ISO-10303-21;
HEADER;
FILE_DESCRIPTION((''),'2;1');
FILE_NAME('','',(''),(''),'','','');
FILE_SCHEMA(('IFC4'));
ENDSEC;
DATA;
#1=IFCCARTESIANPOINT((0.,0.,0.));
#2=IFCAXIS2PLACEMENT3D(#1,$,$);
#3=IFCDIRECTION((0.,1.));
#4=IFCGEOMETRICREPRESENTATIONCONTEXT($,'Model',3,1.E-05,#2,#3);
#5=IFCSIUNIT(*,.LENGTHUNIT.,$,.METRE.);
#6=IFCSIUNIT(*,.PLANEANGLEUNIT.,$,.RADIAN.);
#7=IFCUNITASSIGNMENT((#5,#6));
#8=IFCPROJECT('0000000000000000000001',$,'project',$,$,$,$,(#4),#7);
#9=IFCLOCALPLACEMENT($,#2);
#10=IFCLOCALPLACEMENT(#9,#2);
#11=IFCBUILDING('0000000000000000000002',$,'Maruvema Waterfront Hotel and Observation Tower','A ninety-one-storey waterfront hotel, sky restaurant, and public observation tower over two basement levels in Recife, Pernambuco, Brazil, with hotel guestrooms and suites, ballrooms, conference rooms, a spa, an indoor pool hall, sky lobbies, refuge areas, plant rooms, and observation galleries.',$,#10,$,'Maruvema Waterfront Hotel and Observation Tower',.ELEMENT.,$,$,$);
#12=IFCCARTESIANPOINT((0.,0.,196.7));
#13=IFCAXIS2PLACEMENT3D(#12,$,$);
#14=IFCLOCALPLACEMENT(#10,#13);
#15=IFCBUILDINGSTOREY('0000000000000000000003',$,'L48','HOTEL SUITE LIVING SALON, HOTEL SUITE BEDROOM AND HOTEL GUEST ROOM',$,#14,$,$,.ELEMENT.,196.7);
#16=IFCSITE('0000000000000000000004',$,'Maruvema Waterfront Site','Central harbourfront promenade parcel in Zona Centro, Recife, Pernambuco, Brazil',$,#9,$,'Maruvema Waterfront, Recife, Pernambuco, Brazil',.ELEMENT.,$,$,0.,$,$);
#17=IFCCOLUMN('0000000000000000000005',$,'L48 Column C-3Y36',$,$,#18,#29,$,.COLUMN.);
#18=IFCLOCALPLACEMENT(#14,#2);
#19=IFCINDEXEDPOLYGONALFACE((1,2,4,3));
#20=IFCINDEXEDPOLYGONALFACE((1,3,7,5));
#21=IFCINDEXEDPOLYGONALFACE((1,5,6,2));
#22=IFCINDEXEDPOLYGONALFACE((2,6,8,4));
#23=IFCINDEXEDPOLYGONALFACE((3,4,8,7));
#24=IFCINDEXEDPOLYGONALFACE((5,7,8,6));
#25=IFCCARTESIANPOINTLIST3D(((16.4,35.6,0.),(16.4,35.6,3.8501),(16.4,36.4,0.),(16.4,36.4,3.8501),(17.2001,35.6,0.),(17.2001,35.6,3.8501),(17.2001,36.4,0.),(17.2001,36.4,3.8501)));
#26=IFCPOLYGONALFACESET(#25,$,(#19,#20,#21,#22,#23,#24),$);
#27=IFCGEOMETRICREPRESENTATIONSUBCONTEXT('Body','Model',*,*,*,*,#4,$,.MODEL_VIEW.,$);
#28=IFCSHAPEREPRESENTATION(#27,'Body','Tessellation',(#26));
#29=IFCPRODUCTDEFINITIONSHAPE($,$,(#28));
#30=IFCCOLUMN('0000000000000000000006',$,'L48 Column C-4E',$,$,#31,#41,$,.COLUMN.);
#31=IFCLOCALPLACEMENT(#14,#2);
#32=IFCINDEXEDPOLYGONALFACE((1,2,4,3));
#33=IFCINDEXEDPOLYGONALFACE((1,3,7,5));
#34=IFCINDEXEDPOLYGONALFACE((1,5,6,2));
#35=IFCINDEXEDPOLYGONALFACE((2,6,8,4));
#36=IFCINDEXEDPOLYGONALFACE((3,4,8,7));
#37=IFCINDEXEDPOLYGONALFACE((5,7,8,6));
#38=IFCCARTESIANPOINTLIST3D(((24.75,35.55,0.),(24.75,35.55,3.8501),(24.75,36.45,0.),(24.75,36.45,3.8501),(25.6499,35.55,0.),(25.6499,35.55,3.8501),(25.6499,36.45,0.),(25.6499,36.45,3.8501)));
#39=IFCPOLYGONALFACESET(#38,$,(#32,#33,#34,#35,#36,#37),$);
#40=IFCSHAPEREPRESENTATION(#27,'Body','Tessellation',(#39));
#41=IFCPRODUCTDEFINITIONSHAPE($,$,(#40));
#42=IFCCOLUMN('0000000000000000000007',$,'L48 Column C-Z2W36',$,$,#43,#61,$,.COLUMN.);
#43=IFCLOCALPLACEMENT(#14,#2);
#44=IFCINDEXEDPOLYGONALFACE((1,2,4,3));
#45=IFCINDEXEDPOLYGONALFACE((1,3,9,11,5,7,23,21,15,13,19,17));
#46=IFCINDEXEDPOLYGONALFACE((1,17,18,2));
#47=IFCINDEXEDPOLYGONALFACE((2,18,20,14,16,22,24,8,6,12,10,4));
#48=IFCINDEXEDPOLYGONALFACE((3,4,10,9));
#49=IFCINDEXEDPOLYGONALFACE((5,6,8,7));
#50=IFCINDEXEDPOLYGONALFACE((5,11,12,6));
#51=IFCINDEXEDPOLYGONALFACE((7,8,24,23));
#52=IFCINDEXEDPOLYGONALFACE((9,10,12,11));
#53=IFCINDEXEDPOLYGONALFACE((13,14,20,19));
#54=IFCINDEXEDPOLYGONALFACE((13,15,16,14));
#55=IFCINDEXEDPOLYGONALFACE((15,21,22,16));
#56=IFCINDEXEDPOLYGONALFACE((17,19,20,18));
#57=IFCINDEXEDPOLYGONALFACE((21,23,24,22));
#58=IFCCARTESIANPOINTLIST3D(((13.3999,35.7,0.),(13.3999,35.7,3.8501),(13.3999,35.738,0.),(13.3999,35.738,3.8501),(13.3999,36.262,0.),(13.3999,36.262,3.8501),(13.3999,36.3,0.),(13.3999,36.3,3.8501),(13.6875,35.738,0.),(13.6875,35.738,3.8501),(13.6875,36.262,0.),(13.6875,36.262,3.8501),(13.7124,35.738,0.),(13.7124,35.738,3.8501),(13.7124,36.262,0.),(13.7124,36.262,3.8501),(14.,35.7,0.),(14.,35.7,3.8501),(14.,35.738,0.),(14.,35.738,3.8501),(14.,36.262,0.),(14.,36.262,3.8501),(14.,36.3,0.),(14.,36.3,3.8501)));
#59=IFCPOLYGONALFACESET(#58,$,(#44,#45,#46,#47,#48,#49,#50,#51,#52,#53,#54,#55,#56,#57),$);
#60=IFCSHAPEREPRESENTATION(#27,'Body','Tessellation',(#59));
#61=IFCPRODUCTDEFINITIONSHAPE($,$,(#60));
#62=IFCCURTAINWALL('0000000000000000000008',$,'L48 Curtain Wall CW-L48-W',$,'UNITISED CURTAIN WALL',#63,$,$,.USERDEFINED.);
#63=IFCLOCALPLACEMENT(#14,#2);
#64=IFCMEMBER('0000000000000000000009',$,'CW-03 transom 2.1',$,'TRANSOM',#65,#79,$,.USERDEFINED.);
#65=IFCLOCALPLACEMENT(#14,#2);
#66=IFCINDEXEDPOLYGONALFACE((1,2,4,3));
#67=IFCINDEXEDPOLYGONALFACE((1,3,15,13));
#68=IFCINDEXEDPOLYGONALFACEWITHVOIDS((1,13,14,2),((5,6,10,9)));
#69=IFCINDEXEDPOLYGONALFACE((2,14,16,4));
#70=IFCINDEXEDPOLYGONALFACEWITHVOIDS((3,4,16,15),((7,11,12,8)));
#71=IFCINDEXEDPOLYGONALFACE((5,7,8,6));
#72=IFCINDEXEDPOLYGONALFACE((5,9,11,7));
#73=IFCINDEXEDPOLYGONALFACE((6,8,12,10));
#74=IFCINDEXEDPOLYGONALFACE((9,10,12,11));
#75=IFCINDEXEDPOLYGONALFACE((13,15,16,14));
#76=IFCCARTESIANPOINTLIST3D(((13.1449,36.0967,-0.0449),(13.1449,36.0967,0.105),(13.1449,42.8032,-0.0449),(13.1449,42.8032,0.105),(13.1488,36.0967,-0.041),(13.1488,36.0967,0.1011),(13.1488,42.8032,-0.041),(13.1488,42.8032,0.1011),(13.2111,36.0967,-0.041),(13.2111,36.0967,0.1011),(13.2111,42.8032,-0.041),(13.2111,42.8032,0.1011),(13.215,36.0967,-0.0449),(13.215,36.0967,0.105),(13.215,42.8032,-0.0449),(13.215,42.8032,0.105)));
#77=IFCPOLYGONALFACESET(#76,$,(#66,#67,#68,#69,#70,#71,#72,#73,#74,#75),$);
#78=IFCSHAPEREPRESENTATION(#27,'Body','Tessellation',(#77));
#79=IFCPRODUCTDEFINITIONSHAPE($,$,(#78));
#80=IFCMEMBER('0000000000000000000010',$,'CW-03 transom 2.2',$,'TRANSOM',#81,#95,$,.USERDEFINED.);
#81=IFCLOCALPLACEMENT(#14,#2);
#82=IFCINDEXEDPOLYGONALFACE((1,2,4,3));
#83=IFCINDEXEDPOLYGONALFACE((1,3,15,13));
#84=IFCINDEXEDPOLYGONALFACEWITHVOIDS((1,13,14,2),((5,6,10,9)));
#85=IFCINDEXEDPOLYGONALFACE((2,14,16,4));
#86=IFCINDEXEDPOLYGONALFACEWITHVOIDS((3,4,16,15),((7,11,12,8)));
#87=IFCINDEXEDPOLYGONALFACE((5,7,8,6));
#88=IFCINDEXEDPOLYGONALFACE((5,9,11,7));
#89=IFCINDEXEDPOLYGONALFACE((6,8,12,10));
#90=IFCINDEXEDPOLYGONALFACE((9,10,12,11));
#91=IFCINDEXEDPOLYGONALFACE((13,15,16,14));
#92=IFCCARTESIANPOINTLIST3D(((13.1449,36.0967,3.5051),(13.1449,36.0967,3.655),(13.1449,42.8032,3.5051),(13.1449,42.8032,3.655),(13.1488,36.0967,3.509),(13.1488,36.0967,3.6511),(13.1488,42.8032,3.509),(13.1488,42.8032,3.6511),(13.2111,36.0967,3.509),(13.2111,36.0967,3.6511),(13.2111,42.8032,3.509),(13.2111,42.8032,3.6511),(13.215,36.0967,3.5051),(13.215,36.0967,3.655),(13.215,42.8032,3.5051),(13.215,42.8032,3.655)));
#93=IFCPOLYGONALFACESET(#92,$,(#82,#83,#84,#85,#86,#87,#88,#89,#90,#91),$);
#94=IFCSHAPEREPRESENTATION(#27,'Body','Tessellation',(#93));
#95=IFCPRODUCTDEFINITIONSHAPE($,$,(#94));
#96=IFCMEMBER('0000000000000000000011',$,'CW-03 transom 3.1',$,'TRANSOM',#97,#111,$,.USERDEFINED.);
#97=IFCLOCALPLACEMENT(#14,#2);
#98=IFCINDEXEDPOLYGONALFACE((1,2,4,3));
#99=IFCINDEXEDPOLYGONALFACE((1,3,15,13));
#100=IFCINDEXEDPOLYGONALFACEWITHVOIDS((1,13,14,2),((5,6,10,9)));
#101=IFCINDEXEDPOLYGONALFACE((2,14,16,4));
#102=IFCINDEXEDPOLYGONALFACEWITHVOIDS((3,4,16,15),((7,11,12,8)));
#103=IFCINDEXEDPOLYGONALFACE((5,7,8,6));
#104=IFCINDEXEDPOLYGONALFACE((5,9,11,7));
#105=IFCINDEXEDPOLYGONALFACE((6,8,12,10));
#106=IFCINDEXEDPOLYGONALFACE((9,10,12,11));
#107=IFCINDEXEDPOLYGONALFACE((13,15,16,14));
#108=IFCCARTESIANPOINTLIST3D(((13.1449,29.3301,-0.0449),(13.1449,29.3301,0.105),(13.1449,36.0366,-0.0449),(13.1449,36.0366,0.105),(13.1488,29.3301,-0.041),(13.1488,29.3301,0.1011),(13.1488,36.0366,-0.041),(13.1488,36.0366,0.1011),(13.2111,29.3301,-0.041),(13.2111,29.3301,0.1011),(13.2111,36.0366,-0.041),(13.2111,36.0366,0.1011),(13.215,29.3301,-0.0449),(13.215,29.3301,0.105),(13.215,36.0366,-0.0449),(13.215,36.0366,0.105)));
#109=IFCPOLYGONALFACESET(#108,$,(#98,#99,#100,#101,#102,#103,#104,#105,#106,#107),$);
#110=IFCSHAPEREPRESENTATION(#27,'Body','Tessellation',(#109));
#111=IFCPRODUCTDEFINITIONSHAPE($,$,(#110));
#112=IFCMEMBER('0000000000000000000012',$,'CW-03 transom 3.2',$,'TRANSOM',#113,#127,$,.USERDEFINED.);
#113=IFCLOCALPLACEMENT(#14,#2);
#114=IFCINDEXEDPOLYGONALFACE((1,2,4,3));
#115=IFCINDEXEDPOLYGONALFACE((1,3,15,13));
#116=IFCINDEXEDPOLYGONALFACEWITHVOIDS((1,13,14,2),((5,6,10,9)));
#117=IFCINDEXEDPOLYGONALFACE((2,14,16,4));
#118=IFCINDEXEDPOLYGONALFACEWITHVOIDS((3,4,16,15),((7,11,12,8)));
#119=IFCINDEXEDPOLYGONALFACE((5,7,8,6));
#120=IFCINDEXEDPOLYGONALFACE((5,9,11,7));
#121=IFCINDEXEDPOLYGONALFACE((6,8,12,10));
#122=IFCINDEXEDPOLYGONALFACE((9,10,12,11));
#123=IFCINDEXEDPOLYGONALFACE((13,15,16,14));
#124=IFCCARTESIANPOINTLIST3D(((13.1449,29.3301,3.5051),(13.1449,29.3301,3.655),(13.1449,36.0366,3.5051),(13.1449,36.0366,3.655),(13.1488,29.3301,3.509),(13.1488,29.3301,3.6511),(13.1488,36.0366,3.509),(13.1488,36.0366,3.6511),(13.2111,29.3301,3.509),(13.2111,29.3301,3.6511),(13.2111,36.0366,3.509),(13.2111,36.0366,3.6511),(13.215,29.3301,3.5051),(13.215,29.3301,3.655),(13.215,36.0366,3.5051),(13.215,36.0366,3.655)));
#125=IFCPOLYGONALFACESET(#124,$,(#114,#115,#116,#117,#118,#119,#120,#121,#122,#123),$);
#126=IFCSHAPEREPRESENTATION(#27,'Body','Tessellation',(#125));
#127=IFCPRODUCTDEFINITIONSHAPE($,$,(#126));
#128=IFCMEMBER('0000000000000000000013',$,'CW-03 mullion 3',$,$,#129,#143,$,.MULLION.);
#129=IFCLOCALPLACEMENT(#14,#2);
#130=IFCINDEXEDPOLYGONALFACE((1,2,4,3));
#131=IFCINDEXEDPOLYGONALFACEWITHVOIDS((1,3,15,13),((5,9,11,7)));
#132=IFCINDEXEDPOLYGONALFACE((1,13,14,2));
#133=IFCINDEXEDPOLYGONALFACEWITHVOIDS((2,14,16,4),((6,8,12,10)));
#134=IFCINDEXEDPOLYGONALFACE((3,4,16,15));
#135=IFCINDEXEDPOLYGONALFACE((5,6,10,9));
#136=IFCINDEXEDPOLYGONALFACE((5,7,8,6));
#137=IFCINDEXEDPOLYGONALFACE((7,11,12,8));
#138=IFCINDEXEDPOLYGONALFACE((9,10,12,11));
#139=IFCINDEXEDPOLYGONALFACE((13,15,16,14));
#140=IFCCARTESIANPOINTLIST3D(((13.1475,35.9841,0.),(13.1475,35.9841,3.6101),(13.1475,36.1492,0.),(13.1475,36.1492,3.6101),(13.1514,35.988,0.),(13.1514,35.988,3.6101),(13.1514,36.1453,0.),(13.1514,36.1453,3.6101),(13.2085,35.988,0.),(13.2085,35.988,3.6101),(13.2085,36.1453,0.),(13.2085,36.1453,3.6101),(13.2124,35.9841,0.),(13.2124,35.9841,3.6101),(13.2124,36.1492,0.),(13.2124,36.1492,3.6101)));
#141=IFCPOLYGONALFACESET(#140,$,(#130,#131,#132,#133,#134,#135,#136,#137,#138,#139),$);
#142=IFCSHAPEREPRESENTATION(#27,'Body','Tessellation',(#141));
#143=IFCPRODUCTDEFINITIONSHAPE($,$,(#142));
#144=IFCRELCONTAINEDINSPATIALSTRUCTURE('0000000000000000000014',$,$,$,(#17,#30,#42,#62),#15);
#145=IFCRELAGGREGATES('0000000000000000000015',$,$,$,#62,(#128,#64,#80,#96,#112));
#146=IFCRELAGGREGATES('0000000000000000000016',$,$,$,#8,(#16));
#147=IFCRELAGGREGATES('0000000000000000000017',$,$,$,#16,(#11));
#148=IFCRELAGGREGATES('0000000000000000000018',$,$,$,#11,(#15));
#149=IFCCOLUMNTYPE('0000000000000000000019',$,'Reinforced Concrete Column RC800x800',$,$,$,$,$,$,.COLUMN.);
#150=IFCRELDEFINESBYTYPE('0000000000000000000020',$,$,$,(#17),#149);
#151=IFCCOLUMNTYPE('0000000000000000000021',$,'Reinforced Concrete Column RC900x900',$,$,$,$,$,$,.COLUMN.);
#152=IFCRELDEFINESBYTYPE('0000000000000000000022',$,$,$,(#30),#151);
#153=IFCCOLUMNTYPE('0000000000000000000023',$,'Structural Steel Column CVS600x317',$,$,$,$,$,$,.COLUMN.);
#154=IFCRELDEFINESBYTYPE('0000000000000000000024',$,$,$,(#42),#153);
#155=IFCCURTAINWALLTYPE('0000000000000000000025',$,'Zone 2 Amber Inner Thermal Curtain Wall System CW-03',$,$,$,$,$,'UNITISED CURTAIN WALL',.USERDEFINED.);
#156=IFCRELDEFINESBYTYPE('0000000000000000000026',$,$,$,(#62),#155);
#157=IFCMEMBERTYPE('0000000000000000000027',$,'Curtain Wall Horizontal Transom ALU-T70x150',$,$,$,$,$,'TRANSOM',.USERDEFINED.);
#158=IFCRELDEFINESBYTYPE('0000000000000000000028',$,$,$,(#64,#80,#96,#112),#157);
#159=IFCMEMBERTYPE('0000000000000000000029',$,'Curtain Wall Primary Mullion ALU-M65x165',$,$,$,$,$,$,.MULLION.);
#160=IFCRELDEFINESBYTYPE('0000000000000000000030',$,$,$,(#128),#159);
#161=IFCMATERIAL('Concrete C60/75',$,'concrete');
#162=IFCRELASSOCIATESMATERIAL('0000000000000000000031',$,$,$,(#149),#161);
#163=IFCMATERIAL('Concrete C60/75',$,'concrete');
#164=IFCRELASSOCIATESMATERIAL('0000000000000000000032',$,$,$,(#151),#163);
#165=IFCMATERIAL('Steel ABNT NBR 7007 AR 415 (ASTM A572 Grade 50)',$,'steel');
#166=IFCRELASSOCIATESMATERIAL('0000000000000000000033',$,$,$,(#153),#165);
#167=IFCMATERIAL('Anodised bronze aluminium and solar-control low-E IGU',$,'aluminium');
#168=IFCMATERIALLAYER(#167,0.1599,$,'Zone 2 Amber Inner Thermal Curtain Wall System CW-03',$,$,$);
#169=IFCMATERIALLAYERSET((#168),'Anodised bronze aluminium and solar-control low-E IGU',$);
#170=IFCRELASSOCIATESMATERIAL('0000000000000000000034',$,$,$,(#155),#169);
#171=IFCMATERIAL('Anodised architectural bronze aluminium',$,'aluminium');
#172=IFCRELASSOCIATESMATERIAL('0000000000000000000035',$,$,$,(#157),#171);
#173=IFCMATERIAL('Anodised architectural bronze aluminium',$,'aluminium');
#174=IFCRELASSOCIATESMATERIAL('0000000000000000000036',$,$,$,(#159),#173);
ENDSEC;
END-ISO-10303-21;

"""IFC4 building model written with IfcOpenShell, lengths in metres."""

from ifc_helpers import new_model, si_unit, direction, frame, origin, origin_2d, place, context, subcontext, project, spatial, rectangle, hollow_rectangle, i_section, extrude, material, layer, layer_set, material_profile, profile_set, type_object, element, aggregate, save


model = new_model("IFC4")

# Units and contexts
model_context = context("Model", 3, precision=1e-05, world=origin(), true_north=direction((0.0, 1.0)))
body_context = subcontext(model_context, "Body", "Model", "MODEL_VIEW")
ifc_project = project(units=[si_unit("LENGTHUNIT", "METRE"), si_unit("PLANEANGLEUNIT", "RADIAN")], contexts=[model_context])

# Site, building, storey
site_placement = place(None, origin())
site = spatial("IfcSite", under=ifc_project, at=site_placement, Name="Maruvema Waterfront Site", Description="Central harbourfront promenade parcel in Zona Centro, Recife, Pernambuco, Brazil", LongName="Maruvema Waterfront, Recife, Pernambuco, Brazil", CompositionType="ELEMENT", RefElevation=0.0)
building_placement = place(site_placement, origin())
building = spatial("IfcBuilding", under=site, at=building_placement, Name="Maruvema Waterfront Hotel and Observation Tower", Description="A ninety-one-storey waterfront hotel, sky restaurant, and public observation tower over two basement levels in Recife, Pernambuco, Brazil, with hotel guestrooms and suites, ballrooms, conference rooms, a spa, an indoor pool hall, sky lobbies, refuge areas, plant rooms, and observation galleries.", LongName="Maruvema Waterfront Hotel and Observation Tower", CompositionType="ELEMENT")
storey_placement = place(building_placement, frame((0.0, 0.0, 196.7)))
storey = spatial("IfcBuildingStorey", under=building, at=storey_placement, Name="L48", Description="HOTEL SUITE LIVING SALON, HOTEL SUITE BEDROOM AND HOTEL GUEST ROOM", CompositionType="ELEMENT", Elevation=196.7)

# Columns
ifc_material_1 = material(Name="Concrete C60/75", Category="concrete")
ifc_material_profile_1 = material_profile(ifc_material_1, rectangle(XDim=0.8, YDim=0.8, at=origin_2d()), Name="RC800x800")
ifc_profile_set_1 = profile_set([ifc_material_profile_1], Name="Concrete C60/75")
column_type_1 = type_object("IfcColumnType", Name="Reinforced Concrete Column RC800x800", PredefinedType="COLUMN", material=ifc_profile_set_1)
column_1_placement = place(storey_placement, frame((16.8, 36.0, 0.0), z_axis=(0.0, 0.0, 1.0), x_axis=(1.0, 0.0, 0.0)))
element("IfcColumn", 1, at=column_1_placement, inside=storey, type_object=column_type_1, Name="L48 Column C-3Y36", PredefinedType="COLUMN", context=body_context, shape_type="SweptSolid", body=[
    extrude(rectangle(XDim=0.8, YDim=0.8, at=origin_2d()), origin(), (0.0, 0.0, 1.0), 3.8501),
])
ifc_material_2 = material(Name="Concrete C60/75", Category="concrete")
ifc_material_profile_2 = material_profile(ifc_material_2, rectangle(XDim=0.8999, YDim=0.8999, at=origin_2d()), Name="RC900x900")
ifc_profile_set_2 = profile_set([ifc_material_profile_2], Name="Concrete C60/75")
column_type_2 = type_object("IfcColumnType", Name="Reinforced Concrete Column RC900x900", PredefinedType="COLUMN", material=ifc_profile_set_2)
column_2_placement = place(storey_placement, frame((25.2, 36.0, 0.0), z_axis=(0.0, 0.0, 1.0), x_axis=(1.0, 0.0, 0.0)))
element("IfcColumn", 2, at=column_2_placement, inside=storey, type_object=column_type_2, Name="L48 Column C-4E", PredefinedType="COLUMN", context=body_context, shape_type="SweptSolid", body=[
    extrude(rectangle(XDim=0.8999, YDim=0.8999, at=origin_2d()), origin(), (0.0, 0.0, 1.0), 3.8501),
])
ifc_material_3 = material(Name="Steel ABNT NBR 7007 AR 415 (ASTM A572 Grade 50)", Category="steel")
ifc_material_profile_3 = material_profile(ifc_material_3, i_section(OverallWidth=0.6001, OverallDepth=0.6001, WebThickness=0.0249, FlangeThickness=0.0381, at=origin_2d()), Name="CVS600x317")
ifc_profile_set_3 = profile_set([ifc_material_profile_3], Name="Steel ABNT NBR 7007 AR 415 (ASTM A572 Grade 50)")
column_type_3 = type_object("IfcColumnType", Name="Structural Steel Column CVS600x317", PredefinedType="COLUMN", material=ifc_profile_set_3)
column_3_placement = place(storey_placement, frame((13.7, 36.0, 0.0), z_axis=(0.0, 0.0, 1.0), x_axis=(1.0, 0.0, 0.0)))
element("IfcColumn", 3, at=column_3_placement, inside=storey, type_object=column_type_3, Name="L48 Column C-Z2W36", PredefinedType="COLUMN", context=body_context, shape_type="SweptSolid", body=[
    extrude(i_section(OverallWidth=0.6001, OverallDepth=0.6001, WebThickness=0.0249, FlangeThickness=0.0381, at=origin_2d()), origin(), (0.0, 0.0, 1.0), 3.8501),
])

# Curtain wall, members
ifc_material_4 = material(Name="Anodised bronze aluminium and solar-control low-E IGU", Category="aluminium")
ifc_layer_1 = layer(ifc_material_4, 0.1599, Name="Zone 2 Amber Inner Thermal Curtain Wall System CW-03")
ifc_layer_set_1 = layer_set([ifc_layer_1], Name="Anodised bronze aluminium and solar-control low-E IGU")
curtain_wall_type = type_object("IfcCurtainWallType", Name="Zone 2 Amber Inner Thermal Curtain Wall System CW-03", ElementType="UNITISED CURTAIN WALL", PredefinedType="USERDEFINED", material=ifc_layer_set_1)
curtain_wall_placement = place(storey_placement, origin())
curtain_wall = element("IfcCurtainWall", 4, at=curtain_wall_placement, inside=storey, type_object=curtain_wall_type, Name="L48 Curtain Wall CW-L48-W", ObjectType="UNITISED CURTAIN WALL", PredefinedType="USERDEFINED")
ifc_material_5 = material(Name="Anodised architectural bronze aluminium", Category="aluminium")
ifc_material_profile_4 = material_profile(ifc_material_5, hollow_rectangle(XDim=0.0701, YDim=0.1499, WallThickness=0.0039, at=origin_2d()), Name="ALU-T70x150")
ifc_profile_set_4 = profile_set([ifc_material_profile_4], Name="Anodised architectural bronze aluminium")
member_type_1 = type_object("IfcMemberType", Name="Curtain Wall Horizontal Transom ALU-T70x150", ElementType="TRANSOM", PredefinedType="USERDEFINED", material=ifc_profile_set_4)
member_1_placement = place(storey_placement, frame((13.1799, 42.8032, 0.03), z_axis=(0.0, -1.0, 0.0), x_axis=(1.0, 0.0, 0.0)))
member_1 = element("IfcMember", 5, at=member_1_placement, type_object=member_type_1, Name="CW-03 transom 2.1", ObjectType="TRANSOM", PredefinedType="USERDEFINED", context=body_context, shape_type="SweptSolid", body=[
    extrude(hollow_rectangle(XDim=0.0701, YDim=0.1499, WallThickness=0.0039, at=origin_2d()), origin(), (0.0, 0.0, 1.0), 6.7065),
])
member_2_placement = place(storey_placement, frame((13.1799, 42.8032, 3.5801), z_axis=(0.0, -1.0, 0.0), x_axis=(1.0, 0.0, 0.0)))
member_2 = element("IfcMember", 6, at=member_2_placement, type_object=member_type_1, Name="CW-03 transom 2.2", ObjectType="TRANSOM", PredefinedType="USERDEFINED", context=body_context, shape_type="SweptSolid", body=[
    extrude(hollow_rectangle(XDim=0.0701, YDim=0.1499, WallThickness=0.0039, at=origin_2d()), origin(), (0.0, 0.0, 1.0), 6.7065),
])
member_3_placement = place(storey_placement, frame((13.1799, 36.0366, 0.03), z_axis=(0.0, -1.0, 0.0), x_axis=(1.0, 0.0, 0.0)))
member_3 = element("IfcMember", 7, at=member_3_placement, type_object=member_type_1, Name="CW-03 transom 3.1", ObjectType="TRANSOM", PredefinedType="USERDEFINED", context=body_context, shape_type="SweptSolid", body=[
    extrude(hollow_rectangle(XDim=0.0701, YDim=0.1499, WallThickness=0.0039, at=origin_2d()), origin(), (0.0, 0.0, 1.0), 6.7065),
])
member_4_placement = place(storey_placement, frame((13.1799, 36.0366, 3.5801), z_axis=(0.0, -1.0, 0.0), x_axis=(1.0, 0.0, 0.0)))
member_4 = element("IfcMember", 8, at=member_4_placement, type_object=member_type_1, Name="CW-03 transom 3.2", ObjectType="TRANSOM", PredefinedType="USERDEFINED", context=body_context, shape_type="SweptSolid", body=[
    extrude(hollow_rectangle(XDim=0.0701, YDim=0.1499, WallThickness=0.0039, at=origin_2d()), origin(), (0.0, 0.0, 1.0), 6.7065),
])
ifc_material_6 = material(Name="Anodised architectural bronze aluminium", Category="aluminium")
ifc_material_profile_5 = material_profile(ifc_material_6, hollow_rectangle(XDim=0.0649, YDim=0.165, WallThickness=0.0039, at=origin_2d()), Name="ALU-M65x165")
ifc_profile_set_5 = profile_set([ifc_material_profile_5], Name="Anodised architectural bronze aluminium")
member_type_2 = type_object("IfcMemberType", Name="Curtain Wall Primary Mullion ALU-M65x165", PredefinedType="MULLION", material=ifc_profile_set_5)
member_5_placement = place(storey_placement, frame((13.1799, 36.0667, 0.0), z_axis=(0.0, 0.0, 1.0), x_axis=(1.0, 0.0, 0.0)))
member_5 = element("IfcMember", 9, at=member_5_placement, type_object=member_type_2, Name="CW-03 mullion 3", PredefinedType="MULLION", context=body_context, shape_type="SweptSolid", body=[
    extrude(hollow_rectangle(XDim=0.0649, YDim=0.165, WallThickness=0.0039, at=origin_2d()), origin(), (0.0, 0.0, 1.0), 3.6101),
])

aggregate(curtain_wall, [member_5, member_1, member_2, member_3, member_4])

save(model, "model.ifc")
